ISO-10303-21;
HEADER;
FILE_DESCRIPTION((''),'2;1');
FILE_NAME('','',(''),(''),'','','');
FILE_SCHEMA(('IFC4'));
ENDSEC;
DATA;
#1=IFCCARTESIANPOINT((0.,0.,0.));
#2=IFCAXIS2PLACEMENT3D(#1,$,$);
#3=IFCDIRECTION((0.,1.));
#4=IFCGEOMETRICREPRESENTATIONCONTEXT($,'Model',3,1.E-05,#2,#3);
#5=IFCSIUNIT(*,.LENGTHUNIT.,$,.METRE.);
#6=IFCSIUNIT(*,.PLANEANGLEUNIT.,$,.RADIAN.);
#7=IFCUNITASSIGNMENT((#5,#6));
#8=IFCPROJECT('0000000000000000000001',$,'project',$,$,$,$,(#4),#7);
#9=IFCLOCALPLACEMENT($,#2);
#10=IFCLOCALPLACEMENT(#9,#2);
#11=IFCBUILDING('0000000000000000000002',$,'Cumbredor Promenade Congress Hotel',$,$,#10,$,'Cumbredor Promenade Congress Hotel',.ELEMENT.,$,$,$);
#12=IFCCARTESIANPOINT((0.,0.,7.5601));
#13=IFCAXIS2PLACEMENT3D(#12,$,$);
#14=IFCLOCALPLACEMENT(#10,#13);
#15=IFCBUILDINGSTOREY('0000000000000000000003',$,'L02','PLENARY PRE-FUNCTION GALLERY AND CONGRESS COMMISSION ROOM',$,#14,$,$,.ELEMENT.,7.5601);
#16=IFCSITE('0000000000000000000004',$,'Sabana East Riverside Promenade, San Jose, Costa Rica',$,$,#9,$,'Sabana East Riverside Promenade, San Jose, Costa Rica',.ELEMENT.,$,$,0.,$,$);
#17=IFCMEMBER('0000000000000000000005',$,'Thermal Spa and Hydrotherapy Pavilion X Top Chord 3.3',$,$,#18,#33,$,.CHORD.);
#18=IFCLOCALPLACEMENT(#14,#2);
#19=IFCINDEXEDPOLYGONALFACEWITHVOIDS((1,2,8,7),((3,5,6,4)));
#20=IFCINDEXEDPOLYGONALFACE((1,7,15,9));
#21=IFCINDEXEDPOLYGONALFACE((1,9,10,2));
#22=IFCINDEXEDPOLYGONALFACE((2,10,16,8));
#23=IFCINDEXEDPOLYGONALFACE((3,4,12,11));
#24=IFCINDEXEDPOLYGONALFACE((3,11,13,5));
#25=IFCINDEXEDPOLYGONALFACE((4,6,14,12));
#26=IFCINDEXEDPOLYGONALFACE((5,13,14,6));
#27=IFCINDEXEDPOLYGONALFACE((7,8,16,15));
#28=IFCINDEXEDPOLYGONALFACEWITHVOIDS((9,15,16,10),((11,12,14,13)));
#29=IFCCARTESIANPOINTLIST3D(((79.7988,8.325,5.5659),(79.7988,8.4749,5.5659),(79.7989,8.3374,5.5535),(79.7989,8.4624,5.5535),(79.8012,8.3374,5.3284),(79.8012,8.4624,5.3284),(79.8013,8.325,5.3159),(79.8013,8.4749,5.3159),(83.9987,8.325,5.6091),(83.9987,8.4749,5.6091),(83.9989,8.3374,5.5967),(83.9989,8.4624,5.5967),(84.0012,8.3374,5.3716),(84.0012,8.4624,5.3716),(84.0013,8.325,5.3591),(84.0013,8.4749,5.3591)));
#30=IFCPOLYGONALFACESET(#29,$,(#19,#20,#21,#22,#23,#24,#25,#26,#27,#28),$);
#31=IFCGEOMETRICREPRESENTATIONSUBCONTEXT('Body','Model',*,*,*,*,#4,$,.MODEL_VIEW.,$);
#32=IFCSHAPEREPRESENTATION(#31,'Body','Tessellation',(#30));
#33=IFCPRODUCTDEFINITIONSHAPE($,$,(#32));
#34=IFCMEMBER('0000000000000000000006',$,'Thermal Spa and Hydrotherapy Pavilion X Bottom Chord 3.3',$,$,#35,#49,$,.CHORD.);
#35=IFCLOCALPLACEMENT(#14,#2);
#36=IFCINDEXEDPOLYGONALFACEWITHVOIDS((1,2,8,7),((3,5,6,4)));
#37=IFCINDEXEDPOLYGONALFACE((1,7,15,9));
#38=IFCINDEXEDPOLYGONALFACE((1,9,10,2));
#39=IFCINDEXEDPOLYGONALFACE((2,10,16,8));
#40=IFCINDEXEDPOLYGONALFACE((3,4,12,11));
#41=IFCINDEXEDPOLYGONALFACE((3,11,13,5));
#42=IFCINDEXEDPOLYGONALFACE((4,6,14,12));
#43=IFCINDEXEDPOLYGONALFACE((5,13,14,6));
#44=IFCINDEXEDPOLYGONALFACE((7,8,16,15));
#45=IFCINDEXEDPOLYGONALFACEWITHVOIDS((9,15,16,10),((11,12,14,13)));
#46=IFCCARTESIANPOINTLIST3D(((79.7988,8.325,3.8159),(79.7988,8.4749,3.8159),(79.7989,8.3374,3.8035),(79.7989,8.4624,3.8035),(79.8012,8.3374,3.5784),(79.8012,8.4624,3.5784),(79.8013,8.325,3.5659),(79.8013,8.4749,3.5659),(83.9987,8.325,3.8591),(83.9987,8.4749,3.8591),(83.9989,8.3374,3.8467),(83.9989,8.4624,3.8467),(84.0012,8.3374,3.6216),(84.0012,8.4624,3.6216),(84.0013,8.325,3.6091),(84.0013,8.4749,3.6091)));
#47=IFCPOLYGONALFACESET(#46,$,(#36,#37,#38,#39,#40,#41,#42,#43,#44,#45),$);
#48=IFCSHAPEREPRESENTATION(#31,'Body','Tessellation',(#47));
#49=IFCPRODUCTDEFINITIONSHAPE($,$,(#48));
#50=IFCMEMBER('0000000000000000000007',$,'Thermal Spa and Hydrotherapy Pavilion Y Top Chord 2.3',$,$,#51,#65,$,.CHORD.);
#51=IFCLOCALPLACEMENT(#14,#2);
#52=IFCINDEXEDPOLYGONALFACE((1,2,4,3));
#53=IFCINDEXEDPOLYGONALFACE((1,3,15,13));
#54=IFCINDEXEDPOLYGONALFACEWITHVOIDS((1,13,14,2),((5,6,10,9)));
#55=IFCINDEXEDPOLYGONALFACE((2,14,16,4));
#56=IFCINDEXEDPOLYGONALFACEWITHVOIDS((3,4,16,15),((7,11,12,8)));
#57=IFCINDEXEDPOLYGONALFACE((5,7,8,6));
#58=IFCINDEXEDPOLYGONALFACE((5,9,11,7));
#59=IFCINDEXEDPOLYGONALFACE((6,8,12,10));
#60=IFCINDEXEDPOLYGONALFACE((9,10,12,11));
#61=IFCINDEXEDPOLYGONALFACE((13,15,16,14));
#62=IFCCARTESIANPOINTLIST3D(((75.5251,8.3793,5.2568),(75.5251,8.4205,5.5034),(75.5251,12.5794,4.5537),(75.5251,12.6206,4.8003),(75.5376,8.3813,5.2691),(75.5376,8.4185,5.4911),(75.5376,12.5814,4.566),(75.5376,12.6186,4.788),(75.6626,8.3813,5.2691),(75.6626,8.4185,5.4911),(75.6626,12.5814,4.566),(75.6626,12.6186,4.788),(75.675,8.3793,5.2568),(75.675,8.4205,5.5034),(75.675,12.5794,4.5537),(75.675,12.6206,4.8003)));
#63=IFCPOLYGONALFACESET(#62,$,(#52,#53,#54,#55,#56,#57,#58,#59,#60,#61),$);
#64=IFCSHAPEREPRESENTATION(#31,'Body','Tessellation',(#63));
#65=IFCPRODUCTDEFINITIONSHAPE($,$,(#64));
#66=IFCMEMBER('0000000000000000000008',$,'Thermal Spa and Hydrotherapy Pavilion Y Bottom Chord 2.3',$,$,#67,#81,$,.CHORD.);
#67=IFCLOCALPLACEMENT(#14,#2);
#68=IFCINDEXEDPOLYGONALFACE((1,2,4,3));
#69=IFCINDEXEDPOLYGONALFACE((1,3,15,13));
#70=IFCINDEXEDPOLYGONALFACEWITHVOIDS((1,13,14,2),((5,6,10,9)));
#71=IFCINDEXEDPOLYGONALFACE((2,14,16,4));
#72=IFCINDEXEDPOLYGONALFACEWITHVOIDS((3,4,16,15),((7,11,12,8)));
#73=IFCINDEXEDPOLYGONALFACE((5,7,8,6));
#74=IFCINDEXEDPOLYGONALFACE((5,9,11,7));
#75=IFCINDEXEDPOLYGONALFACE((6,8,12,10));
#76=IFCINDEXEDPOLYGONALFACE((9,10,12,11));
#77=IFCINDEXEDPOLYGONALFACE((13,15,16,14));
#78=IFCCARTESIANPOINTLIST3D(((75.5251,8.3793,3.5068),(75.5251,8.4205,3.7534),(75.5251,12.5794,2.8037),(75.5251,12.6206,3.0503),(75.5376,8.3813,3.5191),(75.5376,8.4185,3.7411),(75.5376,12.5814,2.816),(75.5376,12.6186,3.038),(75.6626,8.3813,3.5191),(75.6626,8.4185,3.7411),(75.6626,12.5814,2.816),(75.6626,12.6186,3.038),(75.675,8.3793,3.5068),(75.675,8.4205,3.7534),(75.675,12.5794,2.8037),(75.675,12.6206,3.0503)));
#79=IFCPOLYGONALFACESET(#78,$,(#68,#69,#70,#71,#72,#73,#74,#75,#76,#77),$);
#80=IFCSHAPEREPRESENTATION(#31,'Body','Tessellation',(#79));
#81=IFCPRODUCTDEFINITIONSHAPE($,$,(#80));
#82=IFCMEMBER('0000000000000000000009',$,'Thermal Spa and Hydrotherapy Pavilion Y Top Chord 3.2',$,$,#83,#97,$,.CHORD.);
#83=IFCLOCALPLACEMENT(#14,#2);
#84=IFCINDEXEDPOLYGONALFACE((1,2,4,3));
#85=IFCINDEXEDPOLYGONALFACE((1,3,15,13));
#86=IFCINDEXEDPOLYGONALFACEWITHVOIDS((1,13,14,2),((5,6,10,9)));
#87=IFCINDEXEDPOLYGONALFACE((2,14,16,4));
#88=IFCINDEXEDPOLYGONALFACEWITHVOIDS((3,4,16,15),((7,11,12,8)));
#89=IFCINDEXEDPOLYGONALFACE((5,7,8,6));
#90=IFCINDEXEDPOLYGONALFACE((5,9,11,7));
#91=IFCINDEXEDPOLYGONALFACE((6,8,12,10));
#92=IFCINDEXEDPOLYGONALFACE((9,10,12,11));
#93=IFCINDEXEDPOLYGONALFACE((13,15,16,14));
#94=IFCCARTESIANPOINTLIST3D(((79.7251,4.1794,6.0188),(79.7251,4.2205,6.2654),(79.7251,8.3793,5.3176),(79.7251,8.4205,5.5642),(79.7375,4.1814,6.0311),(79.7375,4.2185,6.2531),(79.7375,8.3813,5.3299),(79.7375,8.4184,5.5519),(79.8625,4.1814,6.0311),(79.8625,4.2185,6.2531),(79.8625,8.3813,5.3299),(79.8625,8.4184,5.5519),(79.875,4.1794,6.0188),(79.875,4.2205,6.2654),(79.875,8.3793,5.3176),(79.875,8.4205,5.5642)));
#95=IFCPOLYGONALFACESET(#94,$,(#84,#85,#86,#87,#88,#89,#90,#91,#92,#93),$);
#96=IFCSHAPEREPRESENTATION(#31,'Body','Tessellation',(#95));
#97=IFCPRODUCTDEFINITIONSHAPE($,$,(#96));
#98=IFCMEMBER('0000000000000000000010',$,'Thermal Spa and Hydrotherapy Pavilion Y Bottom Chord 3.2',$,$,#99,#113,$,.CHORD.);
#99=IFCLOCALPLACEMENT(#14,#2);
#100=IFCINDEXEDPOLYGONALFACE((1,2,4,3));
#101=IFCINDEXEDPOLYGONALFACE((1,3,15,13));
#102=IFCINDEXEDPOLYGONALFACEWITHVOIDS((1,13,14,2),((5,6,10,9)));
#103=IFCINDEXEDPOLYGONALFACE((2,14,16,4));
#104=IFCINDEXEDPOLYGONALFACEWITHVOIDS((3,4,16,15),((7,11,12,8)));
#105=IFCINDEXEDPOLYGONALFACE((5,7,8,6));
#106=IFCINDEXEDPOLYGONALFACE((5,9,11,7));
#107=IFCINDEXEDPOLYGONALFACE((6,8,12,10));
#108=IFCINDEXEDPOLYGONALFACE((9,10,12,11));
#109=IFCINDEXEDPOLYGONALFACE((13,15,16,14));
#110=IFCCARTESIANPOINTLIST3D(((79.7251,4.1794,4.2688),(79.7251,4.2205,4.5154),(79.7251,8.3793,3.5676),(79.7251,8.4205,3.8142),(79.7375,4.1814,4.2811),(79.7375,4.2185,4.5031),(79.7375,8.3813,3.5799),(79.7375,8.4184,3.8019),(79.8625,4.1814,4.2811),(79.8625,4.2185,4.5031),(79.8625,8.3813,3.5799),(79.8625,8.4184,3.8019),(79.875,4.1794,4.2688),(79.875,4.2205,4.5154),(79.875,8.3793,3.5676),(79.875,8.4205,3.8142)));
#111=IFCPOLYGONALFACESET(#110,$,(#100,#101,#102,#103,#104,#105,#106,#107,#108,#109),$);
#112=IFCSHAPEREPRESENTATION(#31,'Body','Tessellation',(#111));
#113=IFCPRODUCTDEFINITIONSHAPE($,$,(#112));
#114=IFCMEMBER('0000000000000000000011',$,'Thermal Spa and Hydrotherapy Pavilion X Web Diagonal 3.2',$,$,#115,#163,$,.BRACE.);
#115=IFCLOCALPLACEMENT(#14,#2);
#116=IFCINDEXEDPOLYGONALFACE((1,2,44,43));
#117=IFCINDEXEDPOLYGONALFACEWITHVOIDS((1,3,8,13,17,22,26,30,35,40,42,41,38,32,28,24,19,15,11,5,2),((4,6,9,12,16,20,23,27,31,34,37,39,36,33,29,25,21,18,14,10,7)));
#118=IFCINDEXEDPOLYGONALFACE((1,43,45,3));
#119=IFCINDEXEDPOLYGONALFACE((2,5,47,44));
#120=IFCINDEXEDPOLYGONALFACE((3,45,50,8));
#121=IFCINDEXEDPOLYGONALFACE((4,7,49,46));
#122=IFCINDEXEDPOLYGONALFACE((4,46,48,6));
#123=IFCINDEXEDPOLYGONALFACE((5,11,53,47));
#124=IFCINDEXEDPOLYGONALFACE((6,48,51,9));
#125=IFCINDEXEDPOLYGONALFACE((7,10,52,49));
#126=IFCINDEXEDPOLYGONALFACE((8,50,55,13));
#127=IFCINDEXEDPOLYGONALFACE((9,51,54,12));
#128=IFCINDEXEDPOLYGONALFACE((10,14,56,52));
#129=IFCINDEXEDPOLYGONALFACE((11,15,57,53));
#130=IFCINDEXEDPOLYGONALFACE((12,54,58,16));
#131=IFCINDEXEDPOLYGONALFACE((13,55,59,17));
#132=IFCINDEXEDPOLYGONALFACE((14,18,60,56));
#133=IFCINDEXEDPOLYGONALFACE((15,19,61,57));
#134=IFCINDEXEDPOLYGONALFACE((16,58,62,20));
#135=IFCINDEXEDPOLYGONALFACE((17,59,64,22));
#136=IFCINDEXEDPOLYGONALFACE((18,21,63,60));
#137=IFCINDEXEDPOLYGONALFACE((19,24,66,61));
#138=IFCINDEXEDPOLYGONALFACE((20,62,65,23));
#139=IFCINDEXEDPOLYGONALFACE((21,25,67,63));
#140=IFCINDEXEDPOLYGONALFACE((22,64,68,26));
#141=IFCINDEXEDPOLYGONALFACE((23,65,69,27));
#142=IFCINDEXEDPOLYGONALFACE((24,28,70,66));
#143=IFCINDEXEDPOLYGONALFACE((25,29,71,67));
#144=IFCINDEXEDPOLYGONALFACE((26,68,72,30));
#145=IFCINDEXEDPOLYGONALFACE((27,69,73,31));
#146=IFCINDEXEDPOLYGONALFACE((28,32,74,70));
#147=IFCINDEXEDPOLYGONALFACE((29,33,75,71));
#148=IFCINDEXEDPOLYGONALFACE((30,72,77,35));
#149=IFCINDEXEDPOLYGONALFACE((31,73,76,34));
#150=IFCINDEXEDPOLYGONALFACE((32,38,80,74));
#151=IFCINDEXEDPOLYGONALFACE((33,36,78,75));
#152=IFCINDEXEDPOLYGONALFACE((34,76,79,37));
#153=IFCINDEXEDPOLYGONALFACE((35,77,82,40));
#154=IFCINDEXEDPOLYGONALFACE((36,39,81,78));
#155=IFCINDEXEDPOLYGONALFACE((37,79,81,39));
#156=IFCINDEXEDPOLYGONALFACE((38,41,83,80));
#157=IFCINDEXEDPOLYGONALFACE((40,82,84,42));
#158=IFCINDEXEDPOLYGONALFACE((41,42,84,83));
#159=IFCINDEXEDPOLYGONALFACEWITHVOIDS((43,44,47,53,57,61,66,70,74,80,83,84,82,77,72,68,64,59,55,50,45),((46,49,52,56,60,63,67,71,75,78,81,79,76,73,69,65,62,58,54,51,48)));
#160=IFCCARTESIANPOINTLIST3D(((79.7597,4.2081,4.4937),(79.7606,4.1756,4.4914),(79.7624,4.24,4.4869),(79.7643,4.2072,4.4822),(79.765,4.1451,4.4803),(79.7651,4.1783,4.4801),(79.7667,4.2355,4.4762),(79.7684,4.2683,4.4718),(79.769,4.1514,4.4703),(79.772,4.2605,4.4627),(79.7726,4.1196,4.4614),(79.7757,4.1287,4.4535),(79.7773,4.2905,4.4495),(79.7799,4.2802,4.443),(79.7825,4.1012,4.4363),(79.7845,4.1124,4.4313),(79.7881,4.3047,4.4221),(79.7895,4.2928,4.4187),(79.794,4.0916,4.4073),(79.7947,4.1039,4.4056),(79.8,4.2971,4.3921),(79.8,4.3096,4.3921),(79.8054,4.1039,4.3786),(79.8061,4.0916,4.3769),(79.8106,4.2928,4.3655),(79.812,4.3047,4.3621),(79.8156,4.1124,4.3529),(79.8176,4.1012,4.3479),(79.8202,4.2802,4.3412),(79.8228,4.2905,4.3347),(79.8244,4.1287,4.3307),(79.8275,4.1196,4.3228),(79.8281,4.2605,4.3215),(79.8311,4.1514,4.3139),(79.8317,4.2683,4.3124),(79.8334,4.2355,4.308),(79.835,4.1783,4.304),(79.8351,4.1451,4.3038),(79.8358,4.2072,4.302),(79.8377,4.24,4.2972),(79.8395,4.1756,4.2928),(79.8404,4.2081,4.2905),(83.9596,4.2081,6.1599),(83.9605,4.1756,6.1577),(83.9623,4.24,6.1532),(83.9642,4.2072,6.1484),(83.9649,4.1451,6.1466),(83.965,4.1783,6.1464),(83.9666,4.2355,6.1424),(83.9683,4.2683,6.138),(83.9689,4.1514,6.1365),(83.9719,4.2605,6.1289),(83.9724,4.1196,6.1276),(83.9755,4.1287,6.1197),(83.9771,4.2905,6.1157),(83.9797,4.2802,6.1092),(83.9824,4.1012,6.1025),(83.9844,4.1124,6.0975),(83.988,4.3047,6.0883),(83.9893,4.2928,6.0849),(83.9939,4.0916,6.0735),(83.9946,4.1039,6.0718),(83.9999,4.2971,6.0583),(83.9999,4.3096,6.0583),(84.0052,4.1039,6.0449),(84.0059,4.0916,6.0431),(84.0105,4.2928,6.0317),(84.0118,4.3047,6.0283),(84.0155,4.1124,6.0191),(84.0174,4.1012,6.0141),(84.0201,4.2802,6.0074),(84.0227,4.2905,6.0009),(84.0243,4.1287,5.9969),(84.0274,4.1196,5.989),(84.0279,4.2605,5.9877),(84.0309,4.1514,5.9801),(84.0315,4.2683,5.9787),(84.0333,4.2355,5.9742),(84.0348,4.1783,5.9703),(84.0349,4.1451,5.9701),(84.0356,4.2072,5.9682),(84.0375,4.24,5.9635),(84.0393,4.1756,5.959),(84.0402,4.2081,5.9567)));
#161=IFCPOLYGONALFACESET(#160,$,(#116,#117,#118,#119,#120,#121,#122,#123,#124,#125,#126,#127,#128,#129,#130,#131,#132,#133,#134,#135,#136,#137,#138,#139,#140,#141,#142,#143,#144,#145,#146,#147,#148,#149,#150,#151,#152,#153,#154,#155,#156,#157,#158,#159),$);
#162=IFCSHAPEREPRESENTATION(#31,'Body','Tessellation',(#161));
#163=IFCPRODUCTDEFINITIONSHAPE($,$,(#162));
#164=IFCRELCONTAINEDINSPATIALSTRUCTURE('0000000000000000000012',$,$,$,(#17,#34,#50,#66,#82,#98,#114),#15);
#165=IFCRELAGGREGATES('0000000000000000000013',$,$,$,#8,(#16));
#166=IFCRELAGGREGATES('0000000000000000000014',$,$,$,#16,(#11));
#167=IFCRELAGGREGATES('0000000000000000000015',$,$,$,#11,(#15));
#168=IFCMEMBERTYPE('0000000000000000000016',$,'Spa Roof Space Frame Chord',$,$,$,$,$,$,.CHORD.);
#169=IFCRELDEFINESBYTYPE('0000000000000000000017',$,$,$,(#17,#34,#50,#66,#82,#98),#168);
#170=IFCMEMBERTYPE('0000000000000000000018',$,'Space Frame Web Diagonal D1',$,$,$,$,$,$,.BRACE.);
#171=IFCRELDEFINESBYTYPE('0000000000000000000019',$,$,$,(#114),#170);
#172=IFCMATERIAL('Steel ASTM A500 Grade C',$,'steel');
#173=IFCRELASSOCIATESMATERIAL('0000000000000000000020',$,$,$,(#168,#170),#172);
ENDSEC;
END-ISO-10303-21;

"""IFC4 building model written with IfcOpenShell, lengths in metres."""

from ifc_helpers import new_model, si_unit, direction, frame, origin, origin_2d, place, context, subcontext, project, spatial, hollow_rectangle, hollow_circle, extrude, material, material_profile, profile_set, type_object, element, save


model = new_model("IFC4")

# Units and contexts
model_context = context("Model", 3, precision=1e-05, world=origin(), true_north=direction((0.0, 1.0)))
body_context = subcontext(model_context, "Body", "Model", "MODEL_VIEW")
ifc_project = project(units=[si_unit("LENGTHUNIT", "METRE"), si_unit("PLANEANGLEUNIT", "RADIAN")], contexts=[model_context])

# Site, building, storey
site_placement = place(None, origin())
site = spatial("IfcSite", under=ifc_project, at=site_placement, Name="Sabana East Riverside Promenade, San Jose, Costa Rica", LongName="Sabana East Riverside Promenade, San Jose, Costa Rica", CompositionType="ELEMENT", RefElevation=0.0)
building_placement = place(site_placement, origin())
building = spatial("IfcBuilding", under=site, at=building_placement, Name="Cumbredor Promenade Congress Hotel", LongName="Cumbredor Promenade Congress Hotel", CompositionType="ELEMENT")
storey_placement = place(building_placement, frame((0.0, 0.0, 7.5601)))
storey = spatial("IfcBuildingStorey", under=building, at=storey_placement, Name="L02", Description="PLENARY PRE-FUNCTION GALLERY AND CONGRESS COMMISSION ROOM", CompositionType="ELEMENT", Elevation=7.5601)

# Members
ifc_material_1 = material(Name="Steel ASTM A500 Grade C", Category="steel")
ifc_material_profile_1 = material_profile(ifc_material_1, hollow_rectangle(XDim=0.1499, YDim=0.25, WallThickness=0.0125, at=origin_2d()), Name="HSS 250x150x12.5")
ifc_profile_set_1 = profile_set([ifc_material_profile_1], Name="Steel ASTM A500 Grade C")
member_type_1 = type_object("IfcMemberType", Name="Spa Roof Space Frame Chord", PredefinedType="CHORD", material=ifc_profile_set_1)
for number, where, z_axis, x_axis, name in (
    (1, (79.8, 8.3999, 5.4409), (0.999947, 0.0, 0.010288), (0.0, 1.0, 0.0), "Thermal Spa and Hydrotherapy Pavilion X Top Chord 3.3"),
    (2, (79.8, 8.3999, 3.6909), (0.999947, 0.0, 0.010288), (0.0, 1.0, 0.0), "Thermal Spa and Hydrotherapy Pavilion X Bottom Chord 3.3"),
):
    element("IfcMember", number, at=place(storey_placement, frame(where, z_axis=z_axis, x_axis=x_axis)), inside=storey, type_object=member_type_1, Name=name, PredefinedType="CHORD", context=body_context, shape_type="SweptSolid", body=[
        extrude(hollow_rectangle(XDim=0.1499, YDim=0.25, WallThickness=0.0125, at=origin_2d()), origin(), (0.0, 0.0, 1.0), 4.2002),
    ])
for number, where, z_axis, x_axis, name in (
    (3, (75.6001, 8.3999, 5.3801), (0.0, 0.986276, -0.165105), (-1.0, 0.0, 0.0), "Thermal Spa and Hydrotherapy Pavilion Y Top Chord 2.3"),
    (4, (75.6001, 8.3999, 3.6301), (0.0, 0.986276, -0.165105), (-1.0, 0.0, 0.0), "Thermal Spa and Hydrotherapy Pavilion Y Bottom Chord 2.3"),
):
    element("IfcMember", number, at=place(storey_placement, frame(where, z_axis=z_axis, x_axis=x_axis)), inside=storey, type_object=member_type_1, Name=name, PredefinedType="CHORD", context=body_context, shape_type="SweptSolid", body=[
        extrude(hollow_rectangle(XDim=0.1499, YDim=0.25, WallThickness=0.0125, at=origin_2d()), origin(), (0.0, 0.0, 1.0), 4.2585),
    ])
for number, where, z_axis, x_axis, name in (
    (5, (79.8, 4.2, 6.1421), (0.0, 0.986349, -0.164669), (-1.0, 0.0, 0.0), "Thermal Spa and Hydrotherapy Pavilion Y Top Chord 3.2"),
    (6, (79.8, 4.2, 4.3921), (0.0, 0.986349, -0.164669), (-1.0, 0.0, 0.0), "Thermal Spa and Hydrotherapy Pavilion Y Bottom Chord 3.2"),
):
    element("IfcMember", number, at=place(storey_placement, frame(where, z_axis=z_axis, x_axis=x_axis)), inside=storey, type_object=member_type_1, Name=name, PredefinedType="CHORD", context=body_context, shape_type="SweptSolid", body=[
        extrude(hollow_rectangle(XDim=0.1499, YDim=0.25, WallThickness=0.0125, at=origin_2d()), origin(), (0.0, 0.0, 1.0), 4.2581),
    ])
ifc_material_profile_2 = material_profile(ifc_material_1, hollow_circle(Radius=0.1096, WallThickness=0.0125, at=origin_2d()), Name="CHS 219.1x12.5")
ifc_profile_set_2 = profile_set([ifc_material_profile_2], Name="Steel ASTM A500 Grade C")
member_type_2 = type_object("IfcMemberType", Name="Space Frame Web Diagonal D1", PredefinedType="BRACE", material=ifc_profile_set_2)
member_1_placement = place(storey_placement, frame((79.8, 4.2, 4.3921), z_axis=(0.92952, 0.0, 0.368771), x_axis=(0.0, 1.0, 0.0)))
element("IfcMember", 7, at=member_1_placement, inside=storey, type_object=member_type_2, Name="Thermal Spa and Hydrotherapy Pavilion X Web Diagonal 3.2", PredefinedType="BRACE", context=body_context, shape_type="SweptSolid", body=[
    extrude(hollow_circle(Radius=0.1096, WallThickness=0.0125, at=origin_2d()), origin(), (0.0, 0.0, 1.0), 4.5183),
])

save(model, "model.ifc")
